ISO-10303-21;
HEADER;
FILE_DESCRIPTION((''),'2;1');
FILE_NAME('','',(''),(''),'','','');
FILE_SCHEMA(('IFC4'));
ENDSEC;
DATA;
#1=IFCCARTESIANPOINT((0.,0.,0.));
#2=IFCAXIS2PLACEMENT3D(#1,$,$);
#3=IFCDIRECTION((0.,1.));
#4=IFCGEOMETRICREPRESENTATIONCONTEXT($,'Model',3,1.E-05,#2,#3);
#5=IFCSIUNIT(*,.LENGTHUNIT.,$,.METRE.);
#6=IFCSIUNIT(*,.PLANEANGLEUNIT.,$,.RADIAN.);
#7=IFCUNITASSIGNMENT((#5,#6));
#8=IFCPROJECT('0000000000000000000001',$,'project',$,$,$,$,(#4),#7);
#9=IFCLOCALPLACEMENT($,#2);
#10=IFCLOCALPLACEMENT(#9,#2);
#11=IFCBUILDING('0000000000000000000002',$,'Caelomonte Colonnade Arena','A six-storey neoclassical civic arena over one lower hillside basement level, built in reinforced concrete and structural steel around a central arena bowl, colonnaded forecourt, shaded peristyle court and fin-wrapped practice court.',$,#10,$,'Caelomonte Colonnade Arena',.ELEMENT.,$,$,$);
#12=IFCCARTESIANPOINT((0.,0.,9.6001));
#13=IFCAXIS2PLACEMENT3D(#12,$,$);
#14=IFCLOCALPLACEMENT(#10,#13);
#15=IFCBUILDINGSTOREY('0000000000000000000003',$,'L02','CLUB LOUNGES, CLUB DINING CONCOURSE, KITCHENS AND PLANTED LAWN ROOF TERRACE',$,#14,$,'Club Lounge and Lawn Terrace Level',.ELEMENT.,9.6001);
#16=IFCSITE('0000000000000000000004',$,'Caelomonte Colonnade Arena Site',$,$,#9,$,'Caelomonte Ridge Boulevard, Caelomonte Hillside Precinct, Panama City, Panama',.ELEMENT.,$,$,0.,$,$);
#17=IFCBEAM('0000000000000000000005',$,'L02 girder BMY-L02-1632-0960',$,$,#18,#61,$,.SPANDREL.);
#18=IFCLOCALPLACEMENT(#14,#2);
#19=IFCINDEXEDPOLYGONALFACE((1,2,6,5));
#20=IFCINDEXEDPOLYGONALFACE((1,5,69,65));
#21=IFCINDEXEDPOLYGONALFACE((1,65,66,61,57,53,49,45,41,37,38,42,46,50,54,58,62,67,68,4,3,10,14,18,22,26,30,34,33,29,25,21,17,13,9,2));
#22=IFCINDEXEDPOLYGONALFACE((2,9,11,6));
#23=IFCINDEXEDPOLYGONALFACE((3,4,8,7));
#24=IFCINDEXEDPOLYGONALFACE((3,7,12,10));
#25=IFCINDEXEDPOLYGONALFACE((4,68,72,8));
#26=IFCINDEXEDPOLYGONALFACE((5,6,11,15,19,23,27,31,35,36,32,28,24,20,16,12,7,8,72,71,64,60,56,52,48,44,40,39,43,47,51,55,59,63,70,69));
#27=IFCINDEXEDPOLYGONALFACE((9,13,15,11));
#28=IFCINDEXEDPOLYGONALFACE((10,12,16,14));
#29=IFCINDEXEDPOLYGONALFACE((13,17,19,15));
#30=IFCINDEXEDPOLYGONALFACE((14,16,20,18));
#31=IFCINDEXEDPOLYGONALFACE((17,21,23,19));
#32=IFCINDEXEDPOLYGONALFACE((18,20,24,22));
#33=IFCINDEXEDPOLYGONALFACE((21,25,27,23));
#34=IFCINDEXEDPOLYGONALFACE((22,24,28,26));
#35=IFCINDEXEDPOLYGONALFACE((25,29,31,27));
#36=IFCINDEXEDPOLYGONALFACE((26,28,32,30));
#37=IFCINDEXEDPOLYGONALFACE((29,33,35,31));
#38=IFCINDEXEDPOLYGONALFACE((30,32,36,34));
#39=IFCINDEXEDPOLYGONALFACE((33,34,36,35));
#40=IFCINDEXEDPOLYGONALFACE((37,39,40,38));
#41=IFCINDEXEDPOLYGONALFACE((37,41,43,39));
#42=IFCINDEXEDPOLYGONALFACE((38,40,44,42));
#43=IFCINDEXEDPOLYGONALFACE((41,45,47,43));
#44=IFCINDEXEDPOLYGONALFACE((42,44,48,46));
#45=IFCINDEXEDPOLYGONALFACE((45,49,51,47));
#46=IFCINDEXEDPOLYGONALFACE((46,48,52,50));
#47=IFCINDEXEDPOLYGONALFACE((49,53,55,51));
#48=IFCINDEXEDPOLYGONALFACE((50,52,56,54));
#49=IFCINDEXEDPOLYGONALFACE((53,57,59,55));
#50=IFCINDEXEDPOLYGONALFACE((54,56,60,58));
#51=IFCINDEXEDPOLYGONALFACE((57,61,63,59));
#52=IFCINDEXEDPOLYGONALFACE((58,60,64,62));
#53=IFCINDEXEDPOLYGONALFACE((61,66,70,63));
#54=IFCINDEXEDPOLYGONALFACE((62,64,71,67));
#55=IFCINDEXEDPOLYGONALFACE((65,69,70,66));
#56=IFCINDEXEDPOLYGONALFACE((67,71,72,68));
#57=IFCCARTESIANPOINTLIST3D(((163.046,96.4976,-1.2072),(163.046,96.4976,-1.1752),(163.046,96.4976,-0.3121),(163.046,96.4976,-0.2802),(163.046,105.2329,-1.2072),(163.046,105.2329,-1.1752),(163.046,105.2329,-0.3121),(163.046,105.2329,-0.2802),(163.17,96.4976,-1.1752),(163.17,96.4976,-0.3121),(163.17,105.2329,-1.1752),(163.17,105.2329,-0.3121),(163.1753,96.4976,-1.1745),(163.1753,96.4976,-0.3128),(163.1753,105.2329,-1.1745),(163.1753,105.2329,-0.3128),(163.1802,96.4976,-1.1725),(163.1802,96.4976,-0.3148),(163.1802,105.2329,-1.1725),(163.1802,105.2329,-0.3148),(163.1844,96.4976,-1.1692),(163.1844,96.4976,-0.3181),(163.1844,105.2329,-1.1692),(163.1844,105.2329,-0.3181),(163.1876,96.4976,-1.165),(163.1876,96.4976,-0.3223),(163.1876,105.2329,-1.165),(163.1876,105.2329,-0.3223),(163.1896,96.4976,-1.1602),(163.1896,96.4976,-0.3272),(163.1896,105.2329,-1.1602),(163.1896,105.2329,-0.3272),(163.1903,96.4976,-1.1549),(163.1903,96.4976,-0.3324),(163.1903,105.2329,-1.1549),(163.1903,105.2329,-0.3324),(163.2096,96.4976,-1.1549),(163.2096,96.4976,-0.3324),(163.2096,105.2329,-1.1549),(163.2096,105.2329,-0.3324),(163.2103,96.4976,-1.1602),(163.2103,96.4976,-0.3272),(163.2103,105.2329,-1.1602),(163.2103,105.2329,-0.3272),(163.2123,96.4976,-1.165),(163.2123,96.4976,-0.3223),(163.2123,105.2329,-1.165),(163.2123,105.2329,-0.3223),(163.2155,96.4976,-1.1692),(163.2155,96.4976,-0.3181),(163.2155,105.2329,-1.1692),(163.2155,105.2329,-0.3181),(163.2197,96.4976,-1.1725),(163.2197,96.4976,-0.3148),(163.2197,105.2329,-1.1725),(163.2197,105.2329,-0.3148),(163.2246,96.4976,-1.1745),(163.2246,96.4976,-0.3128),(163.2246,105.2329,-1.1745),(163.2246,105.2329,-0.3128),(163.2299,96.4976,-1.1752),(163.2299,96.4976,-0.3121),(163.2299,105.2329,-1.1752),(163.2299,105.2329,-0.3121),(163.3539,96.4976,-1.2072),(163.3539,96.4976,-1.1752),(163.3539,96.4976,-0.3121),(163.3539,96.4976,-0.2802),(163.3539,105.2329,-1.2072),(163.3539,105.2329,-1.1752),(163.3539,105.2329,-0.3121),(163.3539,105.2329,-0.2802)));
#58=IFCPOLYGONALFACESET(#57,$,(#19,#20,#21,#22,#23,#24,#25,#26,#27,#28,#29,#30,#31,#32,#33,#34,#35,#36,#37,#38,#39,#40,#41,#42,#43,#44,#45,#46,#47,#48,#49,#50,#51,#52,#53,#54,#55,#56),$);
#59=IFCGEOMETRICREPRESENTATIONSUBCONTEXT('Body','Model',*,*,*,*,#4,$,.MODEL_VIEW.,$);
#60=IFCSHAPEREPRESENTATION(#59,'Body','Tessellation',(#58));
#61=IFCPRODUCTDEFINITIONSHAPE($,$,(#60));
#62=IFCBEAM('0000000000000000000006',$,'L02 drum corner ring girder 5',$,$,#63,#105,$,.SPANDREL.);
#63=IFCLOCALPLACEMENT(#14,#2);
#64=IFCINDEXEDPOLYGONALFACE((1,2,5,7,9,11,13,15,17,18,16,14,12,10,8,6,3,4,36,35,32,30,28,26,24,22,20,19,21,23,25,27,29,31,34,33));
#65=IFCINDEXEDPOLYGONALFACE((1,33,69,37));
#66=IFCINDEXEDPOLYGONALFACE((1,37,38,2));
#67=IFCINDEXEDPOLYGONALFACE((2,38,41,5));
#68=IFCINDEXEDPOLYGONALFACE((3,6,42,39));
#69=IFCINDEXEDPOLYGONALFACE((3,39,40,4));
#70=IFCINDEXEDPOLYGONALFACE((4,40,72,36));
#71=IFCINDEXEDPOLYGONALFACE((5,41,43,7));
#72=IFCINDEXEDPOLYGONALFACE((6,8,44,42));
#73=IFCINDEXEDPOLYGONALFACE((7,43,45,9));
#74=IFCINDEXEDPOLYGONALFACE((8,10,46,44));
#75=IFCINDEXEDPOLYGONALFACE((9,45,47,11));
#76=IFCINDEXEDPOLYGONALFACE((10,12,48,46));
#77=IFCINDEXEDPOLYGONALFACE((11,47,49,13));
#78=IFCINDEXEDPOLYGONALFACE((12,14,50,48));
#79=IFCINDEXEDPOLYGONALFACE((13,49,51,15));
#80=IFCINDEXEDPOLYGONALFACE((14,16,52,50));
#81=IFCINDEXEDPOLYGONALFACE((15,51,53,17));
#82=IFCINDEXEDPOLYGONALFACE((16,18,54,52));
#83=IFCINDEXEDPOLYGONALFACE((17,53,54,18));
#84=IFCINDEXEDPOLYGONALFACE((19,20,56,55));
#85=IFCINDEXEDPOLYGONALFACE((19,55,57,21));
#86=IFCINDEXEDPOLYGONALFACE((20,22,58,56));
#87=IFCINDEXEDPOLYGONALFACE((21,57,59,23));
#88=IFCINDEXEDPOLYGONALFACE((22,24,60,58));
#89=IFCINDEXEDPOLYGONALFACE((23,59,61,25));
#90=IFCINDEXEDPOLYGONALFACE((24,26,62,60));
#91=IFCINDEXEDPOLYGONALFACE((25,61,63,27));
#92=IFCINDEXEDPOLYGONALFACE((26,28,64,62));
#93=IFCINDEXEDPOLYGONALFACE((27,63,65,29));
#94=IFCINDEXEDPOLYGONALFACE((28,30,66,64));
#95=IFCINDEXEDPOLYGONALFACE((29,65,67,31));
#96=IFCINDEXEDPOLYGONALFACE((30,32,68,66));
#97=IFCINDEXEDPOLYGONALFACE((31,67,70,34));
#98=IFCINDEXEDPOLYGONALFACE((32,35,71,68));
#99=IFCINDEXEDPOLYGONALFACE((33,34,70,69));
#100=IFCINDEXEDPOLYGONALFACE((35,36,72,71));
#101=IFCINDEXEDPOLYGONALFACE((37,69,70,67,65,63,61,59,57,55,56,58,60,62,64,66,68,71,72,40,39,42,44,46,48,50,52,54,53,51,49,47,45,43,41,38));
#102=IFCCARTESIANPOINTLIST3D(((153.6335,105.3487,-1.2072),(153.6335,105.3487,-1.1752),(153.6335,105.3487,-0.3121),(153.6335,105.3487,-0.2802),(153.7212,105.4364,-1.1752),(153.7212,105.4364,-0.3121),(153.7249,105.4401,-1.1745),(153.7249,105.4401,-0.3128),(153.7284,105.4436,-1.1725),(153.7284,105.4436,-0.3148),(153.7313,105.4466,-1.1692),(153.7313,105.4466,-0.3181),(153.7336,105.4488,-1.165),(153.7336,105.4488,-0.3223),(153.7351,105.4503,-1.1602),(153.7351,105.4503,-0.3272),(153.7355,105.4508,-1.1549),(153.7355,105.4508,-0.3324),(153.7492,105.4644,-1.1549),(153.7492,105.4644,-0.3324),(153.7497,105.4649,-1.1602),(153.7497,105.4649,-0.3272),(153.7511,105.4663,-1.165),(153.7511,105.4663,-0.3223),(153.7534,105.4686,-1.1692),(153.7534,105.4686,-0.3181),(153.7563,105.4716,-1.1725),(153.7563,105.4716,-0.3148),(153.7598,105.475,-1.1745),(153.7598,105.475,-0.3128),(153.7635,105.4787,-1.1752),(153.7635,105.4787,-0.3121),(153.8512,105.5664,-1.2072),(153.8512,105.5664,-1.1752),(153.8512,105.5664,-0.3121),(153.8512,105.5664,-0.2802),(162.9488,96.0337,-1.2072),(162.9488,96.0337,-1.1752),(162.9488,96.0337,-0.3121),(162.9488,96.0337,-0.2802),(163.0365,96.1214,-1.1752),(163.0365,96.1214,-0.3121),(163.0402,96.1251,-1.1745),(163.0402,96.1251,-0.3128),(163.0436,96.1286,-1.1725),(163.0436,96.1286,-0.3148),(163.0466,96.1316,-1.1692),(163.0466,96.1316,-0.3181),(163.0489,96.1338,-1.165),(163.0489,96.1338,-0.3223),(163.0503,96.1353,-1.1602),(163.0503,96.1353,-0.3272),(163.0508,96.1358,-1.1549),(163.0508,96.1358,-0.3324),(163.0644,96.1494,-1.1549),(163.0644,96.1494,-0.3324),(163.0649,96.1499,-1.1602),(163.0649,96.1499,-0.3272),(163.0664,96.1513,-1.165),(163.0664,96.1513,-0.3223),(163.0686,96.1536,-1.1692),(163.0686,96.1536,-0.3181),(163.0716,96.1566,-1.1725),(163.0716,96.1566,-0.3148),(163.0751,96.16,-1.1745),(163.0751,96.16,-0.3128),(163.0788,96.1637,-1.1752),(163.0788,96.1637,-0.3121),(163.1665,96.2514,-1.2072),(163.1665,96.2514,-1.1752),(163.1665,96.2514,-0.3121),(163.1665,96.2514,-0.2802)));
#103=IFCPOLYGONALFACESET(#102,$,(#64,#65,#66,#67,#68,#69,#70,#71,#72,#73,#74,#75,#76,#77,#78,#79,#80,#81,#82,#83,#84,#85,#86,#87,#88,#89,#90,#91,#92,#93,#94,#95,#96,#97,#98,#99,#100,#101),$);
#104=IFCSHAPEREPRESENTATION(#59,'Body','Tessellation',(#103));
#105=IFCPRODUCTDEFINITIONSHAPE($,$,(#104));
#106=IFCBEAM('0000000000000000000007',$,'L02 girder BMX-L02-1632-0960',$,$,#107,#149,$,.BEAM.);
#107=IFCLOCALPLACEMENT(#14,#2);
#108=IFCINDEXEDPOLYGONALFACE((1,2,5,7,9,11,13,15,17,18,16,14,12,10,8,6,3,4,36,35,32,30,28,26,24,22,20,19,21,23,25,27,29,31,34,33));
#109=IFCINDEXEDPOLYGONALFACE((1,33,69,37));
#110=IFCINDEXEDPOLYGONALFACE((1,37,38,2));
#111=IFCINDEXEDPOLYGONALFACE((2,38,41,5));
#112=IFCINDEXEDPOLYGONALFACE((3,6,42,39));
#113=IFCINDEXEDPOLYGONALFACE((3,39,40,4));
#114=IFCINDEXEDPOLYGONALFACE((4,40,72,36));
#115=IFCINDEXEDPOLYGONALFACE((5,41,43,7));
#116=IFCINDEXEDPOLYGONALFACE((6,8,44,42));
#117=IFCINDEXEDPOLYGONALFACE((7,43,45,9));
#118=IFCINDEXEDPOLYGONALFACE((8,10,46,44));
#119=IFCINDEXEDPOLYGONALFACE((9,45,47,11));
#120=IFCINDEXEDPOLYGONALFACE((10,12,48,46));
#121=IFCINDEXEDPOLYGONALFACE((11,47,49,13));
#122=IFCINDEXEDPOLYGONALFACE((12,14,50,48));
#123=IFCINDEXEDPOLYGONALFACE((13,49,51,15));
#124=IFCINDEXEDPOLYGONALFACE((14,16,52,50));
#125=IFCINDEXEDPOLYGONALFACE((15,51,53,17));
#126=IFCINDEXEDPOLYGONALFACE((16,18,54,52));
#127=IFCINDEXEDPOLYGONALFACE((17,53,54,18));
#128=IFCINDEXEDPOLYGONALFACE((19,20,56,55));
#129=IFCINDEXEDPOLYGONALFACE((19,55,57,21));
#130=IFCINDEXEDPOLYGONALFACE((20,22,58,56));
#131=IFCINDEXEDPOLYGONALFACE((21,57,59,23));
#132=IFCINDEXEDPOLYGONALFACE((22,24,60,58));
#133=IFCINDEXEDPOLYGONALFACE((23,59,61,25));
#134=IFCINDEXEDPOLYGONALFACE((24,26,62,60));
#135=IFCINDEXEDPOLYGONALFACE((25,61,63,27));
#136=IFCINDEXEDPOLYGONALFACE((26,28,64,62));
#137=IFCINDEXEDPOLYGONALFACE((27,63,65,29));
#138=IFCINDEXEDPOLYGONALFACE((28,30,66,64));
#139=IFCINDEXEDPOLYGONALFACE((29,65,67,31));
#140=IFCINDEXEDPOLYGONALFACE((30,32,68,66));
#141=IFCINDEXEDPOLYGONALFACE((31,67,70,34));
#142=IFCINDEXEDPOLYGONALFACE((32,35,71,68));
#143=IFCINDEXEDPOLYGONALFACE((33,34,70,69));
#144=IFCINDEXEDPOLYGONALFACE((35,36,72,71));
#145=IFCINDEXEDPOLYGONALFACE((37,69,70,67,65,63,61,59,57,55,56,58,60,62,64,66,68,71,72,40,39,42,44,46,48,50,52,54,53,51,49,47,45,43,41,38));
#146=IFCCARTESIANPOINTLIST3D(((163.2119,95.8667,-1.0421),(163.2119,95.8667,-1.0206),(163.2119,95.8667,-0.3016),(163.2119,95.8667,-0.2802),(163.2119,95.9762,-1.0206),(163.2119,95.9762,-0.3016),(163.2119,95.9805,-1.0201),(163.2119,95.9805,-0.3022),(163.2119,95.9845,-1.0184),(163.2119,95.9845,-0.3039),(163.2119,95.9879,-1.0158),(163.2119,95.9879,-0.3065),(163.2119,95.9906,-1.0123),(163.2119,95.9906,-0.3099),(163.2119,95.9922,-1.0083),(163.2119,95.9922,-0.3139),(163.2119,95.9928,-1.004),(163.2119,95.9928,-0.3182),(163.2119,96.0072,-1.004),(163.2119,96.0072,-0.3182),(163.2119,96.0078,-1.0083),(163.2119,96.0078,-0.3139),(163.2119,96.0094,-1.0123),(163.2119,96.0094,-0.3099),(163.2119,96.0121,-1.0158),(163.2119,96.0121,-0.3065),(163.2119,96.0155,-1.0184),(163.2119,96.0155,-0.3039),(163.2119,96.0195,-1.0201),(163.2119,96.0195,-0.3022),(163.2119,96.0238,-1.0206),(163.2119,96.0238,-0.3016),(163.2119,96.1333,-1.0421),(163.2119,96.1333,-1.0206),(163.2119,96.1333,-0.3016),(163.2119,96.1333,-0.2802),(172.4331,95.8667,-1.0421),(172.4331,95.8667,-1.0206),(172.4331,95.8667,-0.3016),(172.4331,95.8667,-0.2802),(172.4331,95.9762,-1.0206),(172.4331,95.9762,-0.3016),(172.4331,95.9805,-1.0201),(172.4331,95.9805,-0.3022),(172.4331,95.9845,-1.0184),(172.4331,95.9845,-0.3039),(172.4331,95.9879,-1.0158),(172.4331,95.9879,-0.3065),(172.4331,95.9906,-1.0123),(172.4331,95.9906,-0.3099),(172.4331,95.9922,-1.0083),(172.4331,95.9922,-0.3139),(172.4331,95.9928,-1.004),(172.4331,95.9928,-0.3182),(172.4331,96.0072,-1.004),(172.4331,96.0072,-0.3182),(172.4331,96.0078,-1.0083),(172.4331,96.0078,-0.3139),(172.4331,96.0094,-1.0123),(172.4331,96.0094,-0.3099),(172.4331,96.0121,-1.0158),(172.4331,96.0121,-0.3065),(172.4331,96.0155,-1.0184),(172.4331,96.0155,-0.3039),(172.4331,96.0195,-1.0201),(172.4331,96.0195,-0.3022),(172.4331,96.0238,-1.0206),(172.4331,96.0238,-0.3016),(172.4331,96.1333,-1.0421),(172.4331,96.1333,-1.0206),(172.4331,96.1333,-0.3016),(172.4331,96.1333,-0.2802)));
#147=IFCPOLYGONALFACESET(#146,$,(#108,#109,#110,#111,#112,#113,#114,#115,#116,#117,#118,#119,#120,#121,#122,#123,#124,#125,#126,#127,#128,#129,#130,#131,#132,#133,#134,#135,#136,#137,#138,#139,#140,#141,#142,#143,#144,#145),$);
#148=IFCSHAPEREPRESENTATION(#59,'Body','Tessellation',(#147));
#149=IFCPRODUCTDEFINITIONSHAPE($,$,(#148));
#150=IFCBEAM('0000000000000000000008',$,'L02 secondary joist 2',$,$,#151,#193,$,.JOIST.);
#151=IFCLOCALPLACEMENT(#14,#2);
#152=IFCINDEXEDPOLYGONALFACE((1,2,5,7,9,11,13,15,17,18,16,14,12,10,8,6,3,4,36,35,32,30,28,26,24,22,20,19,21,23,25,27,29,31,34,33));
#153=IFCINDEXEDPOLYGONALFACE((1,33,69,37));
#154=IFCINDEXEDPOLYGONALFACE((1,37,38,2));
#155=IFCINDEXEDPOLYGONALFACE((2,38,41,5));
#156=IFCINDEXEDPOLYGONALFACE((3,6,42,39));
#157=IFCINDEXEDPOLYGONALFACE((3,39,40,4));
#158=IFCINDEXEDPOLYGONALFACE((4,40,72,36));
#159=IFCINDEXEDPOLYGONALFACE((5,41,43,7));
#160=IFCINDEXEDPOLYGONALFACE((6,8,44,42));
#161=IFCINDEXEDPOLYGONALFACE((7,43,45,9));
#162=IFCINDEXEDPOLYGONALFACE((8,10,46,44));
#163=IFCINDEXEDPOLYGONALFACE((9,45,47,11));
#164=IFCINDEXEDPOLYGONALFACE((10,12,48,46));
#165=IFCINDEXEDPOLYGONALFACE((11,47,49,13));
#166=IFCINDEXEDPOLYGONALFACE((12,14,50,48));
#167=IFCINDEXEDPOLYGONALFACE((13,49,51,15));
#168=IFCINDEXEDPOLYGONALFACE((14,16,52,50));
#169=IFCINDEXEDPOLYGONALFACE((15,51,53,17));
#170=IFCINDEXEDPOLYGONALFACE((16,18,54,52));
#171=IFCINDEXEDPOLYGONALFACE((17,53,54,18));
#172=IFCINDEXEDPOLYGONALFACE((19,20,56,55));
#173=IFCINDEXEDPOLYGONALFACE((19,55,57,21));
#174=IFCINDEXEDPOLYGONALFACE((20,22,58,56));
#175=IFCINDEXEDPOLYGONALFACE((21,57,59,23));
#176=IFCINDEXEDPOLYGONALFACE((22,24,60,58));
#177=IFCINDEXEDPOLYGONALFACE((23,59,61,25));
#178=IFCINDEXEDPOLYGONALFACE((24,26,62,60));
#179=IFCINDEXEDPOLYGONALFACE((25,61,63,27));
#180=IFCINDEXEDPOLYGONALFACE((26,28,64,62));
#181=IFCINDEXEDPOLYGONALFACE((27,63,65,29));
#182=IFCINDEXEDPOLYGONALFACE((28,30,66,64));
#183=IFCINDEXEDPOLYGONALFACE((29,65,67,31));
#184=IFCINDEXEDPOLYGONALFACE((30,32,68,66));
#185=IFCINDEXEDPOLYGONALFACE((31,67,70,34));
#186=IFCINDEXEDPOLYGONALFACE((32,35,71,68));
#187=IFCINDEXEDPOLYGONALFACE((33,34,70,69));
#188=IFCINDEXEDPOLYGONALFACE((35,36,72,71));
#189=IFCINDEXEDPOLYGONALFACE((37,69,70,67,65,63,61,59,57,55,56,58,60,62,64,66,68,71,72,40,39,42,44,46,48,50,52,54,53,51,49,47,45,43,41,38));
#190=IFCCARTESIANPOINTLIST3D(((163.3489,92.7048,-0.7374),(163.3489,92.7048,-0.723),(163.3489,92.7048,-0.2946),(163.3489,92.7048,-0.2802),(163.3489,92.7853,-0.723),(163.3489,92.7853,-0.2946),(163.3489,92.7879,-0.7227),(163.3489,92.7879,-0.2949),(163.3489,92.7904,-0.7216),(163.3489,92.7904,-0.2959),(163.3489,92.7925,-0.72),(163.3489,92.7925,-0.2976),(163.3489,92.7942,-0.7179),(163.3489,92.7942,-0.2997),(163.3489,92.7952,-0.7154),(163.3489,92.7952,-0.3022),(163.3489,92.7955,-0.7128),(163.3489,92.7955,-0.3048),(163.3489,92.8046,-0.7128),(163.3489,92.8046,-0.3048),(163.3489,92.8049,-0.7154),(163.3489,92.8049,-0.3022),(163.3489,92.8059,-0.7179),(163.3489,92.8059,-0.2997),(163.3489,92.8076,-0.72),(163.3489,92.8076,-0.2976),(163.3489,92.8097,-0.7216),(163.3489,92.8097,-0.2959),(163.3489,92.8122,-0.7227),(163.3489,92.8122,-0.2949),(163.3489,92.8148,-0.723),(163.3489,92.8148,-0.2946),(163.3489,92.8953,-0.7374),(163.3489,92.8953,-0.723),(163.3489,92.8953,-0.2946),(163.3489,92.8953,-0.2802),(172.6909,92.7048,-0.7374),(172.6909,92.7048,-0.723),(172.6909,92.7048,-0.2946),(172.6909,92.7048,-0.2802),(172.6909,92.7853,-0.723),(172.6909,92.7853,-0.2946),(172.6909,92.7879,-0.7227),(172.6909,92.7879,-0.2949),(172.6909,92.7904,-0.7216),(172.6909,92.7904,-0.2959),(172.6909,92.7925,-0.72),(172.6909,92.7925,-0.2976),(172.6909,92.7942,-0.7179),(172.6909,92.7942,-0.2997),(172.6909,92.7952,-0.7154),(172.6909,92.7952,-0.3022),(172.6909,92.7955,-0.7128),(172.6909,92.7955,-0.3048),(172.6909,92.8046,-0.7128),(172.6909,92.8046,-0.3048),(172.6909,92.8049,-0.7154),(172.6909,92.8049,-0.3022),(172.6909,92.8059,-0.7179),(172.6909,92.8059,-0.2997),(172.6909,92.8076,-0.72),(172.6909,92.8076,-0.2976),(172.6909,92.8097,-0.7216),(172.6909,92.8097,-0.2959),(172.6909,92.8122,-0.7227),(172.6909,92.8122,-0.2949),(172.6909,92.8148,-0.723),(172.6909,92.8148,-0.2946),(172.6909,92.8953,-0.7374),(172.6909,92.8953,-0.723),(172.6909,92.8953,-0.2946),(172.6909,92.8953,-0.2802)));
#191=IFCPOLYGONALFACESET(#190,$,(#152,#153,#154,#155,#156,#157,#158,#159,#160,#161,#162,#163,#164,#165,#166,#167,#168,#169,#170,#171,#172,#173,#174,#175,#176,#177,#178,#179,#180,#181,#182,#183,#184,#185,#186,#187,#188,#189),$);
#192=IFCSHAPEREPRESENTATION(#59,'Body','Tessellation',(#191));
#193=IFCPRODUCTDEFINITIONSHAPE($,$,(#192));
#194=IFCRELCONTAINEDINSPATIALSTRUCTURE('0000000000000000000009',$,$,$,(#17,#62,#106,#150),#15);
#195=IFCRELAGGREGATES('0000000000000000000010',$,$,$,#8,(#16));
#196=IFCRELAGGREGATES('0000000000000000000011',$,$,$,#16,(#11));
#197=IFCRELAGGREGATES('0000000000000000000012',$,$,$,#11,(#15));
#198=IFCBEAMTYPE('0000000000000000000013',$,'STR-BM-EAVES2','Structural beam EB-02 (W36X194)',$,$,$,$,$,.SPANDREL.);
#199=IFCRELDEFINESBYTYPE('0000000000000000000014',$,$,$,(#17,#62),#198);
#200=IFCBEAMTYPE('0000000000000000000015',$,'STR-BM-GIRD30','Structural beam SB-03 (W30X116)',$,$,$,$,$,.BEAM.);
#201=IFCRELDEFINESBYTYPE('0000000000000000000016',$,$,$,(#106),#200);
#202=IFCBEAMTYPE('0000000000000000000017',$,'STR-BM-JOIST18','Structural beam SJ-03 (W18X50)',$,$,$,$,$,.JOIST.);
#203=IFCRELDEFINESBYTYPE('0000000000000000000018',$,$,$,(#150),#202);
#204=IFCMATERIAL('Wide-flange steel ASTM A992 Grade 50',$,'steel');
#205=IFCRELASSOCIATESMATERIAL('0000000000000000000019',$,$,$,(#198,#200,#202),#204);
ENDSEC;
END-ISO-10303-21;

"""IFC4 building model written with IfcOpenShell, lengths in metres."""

from ifc_helpers import new_model, si_unit, direction, frame, origin, origin_2d, place, context, subcontext, project, spatial, i_section, extrude, material, material_profile, profile_set, type_object, element, save


model = new_model("IFC4")

# Units and contexts
model_context = context("Model", 3, precision=1e-05, world=origin(), true_north=direction((0.0, 1.0)))
body_context = subcontext(model_context, "Body", "Model", "MODEL_VIEW")
ifc_project = project(units=[si_unit("LENGTHUNIT", "METRE"), si_unit("PLANEANGLEUNIT", "RADIAN")], contexts=[model_context])

# Site, building, storey
site_placement = place(None, origin())
site = spatial("IfcSite", under=ifc_project, at=site_placement, Name="Caelomonte Colonnade Arena Site", LongName="Caelomonte Ridge Boulevard, Caelomonte Hillside Precinct, Panama City, Panama", CompositionType="ELEMENT", RefElevation=0.0)
building_placement = place(site_placement, origin())
building = spatial("IfcBuilding", under=site, at=building_placement, Name="Caelomonte Colonnade Arena", Description="A six-storey neoclassical civic arena over one lower hillside basement level, built in reinforced concrete and structural steel around a central arena bowl, colonnaded forecourt, shaded peristyle court and fin-wrapped practice court.", LongName="Caelomonte Colonnade Arena", CompositionType="ELEMENT")
storey_placement = place(building_placement, frame((0.0, 0.0, 9.6001)))
storey = spatial("IfcBuildingStorey", under=building, at=storey_placement, Name="L02", Description="CLUB LOUNGES, CLUB DINING CONCOURSE, KITCHENS AND PLANTED LAWN ROOF TERRACE", LongName="Club Lounge and Lawn Terrace Level", CompositionType="ELEMENT", Elevation=9.6001)

# Shared definitions
ifc_material_1 = material(Name="Wide-flange steel ASTM A992 Grade 50", Category="steel")

# Beams
ifc_material_profile_1 = material_profile(ifc_material_1, i_section(OverallWidth=0.3079, OverallDepth=0.927, WebThickness=0.0193, FlangeThickness=0.032, FilletRadius=0.0203, at=origin_2d()), Name="W36X194")
ifc_profile_set_1 = profile_set([ifc_material_profile_1], Name="Wide-flange steel ASTM A992 Grade 50")
beam_type_1 = type_object("IfcBeamType", Name="STR-BM-EAVES2", Description="Structural beam EB-02 (W36X194)", PredefinedType="SPANDREL", material=ifc_profile_set_1)
beam_1_placement = place(storey_placement, frame((163.2, 96.4976, -0.7437), z_axis=(0.0, 1.0, 0.0), x_axis=(-1.0, 0.0, 0.0)))
element("IfcBeam", 1, at=beam_1_placement, inside=storey, type_object=beam_type_1, Name="L02 girder BMY-L02-1632-0960", PredefinedType="SPANDREL", context=body_context, shape_type="SweptSolid", body=[
    extrude(i_section(OverallWidth=0.3079, OverallDepth=0.927, WebThickness=0.0193, FlangeThickness=0.032, FilletRadius=0.0203, at=origin_2d()), origin(), (0.0, 0.0, 1.0), 8.7354),
])
beam_2_placement = place(storey_placement, frame((163.0576, 96.1426, -0.7437), z_axis=(-0.707116, 0.707098, 0.0), x_axis=(-0.707098, -0.707116, 0.0)))
element("IfcBeam", 2, at=beam_2_placement, inside=storey, type_object=beam_type_1, Name="L02 drum corner ring girder 5", PredefinedType="SPANDREL", context=body_context, shape_type="SweptSolid", body=[
    extrude(i_section(OverallWidth=0.3079, OverallDepth=0.927, WebThickness=0.0193, FlangeThickness=0.032, FilletRadius=0.0203, at=origin_2d()), origin(), (0.0, 0.0, 1.0), 13.1736),
])
ifc_material_profile_2 = material_profile(ifc_material_1, i_section(OverallWidth=0.2666, OverallDepth=0.762, WebThickness=0.0144, FlangeThickness=0.0215, FilletRadius=0.0166, at=origin_2d()), Name="W30X116")
ifc_profile_set_2 = profile_set([ifc_material_profile_2], Name="Wide-flange steel ASTM A992 Grade 50")
beam_type_2 = type_object("IfcBeamType", Name="STR-BM-GIRD30", Description="Structural beam SB-03 (W30X116)", PredefinedType="BEAM", material=ifc_profile_set_2)
beam_3_placement = place(storey_placement, frame((163.2119, 96.0, -0.6611), z_axis=(1.0, 0.0, 0.0), x_axis=(0.0, 1.0, 0.0)))
element("IfcBeam", 3, at=beam_3_placement, inside=storey, type_object=beam_type_2, Name="L02 girder BMX-L02-1632-0960", PredefinedType="BEAM", context=body_context, shape_type="SweptSolid", body=[
    extrude(i_section(OverallWidth=0.2666, OverallDepth=0.762, WebThickness=0.0144, FlangeThickness=0.0215, FilletRadius=0.0166, at=origin_2d()), origin(), (0.0, 0.0, 1.0), 9.2212),
])
ifc_material_profile_3 = material_profile(ifc_material_1, i_section(OverallWidth=0.1904, OverallDepth=0.4573, WebThickness=0.009, FlangeThickness=0.0144, FilletRadius=0.0103, at=origin_2d()), Name="W18X50")
ifc_profile_set_3 = profile_set([ifc_material_profile_3], Name="Wide-flange steel ASTM A992 Grade 50")
beam_type_3 = type_object("IfcBeamType", Name="STR-BM-JOIST18", Description="Structural beam SJ-03 (W18X50)", PredefinedType="JOIST", material=ifc_profile_set_3)
for number, where, z_axis, x_axis, name in (
    (4, (163.3489, 92.8, -0.5088), (1.0, 0.0, 0.0), (0.0, 1.0, 0.0), "L02 secondary joist 2"),
):
    element("IfcBeam", number, at=place(storey_placement, frame(where, z_axis=z_axis, x_axis=x_axis)), inside=storey, type_object=beam_type_3, Name=name, PredefinedType="JOIST", context=body_context, shape_type="SweptSolid", body=[
        extrude(i_section(OverallWidth=0.1904, OverallDepth=0.4573, WebThickness=0.009, FlangeThickness=0.0144, FilletRadius=0.0103, at=origin_2d()), origin(), (0.0, 0.0, 1.0), 9.342),
    ])

save(model, "model.ifc")
